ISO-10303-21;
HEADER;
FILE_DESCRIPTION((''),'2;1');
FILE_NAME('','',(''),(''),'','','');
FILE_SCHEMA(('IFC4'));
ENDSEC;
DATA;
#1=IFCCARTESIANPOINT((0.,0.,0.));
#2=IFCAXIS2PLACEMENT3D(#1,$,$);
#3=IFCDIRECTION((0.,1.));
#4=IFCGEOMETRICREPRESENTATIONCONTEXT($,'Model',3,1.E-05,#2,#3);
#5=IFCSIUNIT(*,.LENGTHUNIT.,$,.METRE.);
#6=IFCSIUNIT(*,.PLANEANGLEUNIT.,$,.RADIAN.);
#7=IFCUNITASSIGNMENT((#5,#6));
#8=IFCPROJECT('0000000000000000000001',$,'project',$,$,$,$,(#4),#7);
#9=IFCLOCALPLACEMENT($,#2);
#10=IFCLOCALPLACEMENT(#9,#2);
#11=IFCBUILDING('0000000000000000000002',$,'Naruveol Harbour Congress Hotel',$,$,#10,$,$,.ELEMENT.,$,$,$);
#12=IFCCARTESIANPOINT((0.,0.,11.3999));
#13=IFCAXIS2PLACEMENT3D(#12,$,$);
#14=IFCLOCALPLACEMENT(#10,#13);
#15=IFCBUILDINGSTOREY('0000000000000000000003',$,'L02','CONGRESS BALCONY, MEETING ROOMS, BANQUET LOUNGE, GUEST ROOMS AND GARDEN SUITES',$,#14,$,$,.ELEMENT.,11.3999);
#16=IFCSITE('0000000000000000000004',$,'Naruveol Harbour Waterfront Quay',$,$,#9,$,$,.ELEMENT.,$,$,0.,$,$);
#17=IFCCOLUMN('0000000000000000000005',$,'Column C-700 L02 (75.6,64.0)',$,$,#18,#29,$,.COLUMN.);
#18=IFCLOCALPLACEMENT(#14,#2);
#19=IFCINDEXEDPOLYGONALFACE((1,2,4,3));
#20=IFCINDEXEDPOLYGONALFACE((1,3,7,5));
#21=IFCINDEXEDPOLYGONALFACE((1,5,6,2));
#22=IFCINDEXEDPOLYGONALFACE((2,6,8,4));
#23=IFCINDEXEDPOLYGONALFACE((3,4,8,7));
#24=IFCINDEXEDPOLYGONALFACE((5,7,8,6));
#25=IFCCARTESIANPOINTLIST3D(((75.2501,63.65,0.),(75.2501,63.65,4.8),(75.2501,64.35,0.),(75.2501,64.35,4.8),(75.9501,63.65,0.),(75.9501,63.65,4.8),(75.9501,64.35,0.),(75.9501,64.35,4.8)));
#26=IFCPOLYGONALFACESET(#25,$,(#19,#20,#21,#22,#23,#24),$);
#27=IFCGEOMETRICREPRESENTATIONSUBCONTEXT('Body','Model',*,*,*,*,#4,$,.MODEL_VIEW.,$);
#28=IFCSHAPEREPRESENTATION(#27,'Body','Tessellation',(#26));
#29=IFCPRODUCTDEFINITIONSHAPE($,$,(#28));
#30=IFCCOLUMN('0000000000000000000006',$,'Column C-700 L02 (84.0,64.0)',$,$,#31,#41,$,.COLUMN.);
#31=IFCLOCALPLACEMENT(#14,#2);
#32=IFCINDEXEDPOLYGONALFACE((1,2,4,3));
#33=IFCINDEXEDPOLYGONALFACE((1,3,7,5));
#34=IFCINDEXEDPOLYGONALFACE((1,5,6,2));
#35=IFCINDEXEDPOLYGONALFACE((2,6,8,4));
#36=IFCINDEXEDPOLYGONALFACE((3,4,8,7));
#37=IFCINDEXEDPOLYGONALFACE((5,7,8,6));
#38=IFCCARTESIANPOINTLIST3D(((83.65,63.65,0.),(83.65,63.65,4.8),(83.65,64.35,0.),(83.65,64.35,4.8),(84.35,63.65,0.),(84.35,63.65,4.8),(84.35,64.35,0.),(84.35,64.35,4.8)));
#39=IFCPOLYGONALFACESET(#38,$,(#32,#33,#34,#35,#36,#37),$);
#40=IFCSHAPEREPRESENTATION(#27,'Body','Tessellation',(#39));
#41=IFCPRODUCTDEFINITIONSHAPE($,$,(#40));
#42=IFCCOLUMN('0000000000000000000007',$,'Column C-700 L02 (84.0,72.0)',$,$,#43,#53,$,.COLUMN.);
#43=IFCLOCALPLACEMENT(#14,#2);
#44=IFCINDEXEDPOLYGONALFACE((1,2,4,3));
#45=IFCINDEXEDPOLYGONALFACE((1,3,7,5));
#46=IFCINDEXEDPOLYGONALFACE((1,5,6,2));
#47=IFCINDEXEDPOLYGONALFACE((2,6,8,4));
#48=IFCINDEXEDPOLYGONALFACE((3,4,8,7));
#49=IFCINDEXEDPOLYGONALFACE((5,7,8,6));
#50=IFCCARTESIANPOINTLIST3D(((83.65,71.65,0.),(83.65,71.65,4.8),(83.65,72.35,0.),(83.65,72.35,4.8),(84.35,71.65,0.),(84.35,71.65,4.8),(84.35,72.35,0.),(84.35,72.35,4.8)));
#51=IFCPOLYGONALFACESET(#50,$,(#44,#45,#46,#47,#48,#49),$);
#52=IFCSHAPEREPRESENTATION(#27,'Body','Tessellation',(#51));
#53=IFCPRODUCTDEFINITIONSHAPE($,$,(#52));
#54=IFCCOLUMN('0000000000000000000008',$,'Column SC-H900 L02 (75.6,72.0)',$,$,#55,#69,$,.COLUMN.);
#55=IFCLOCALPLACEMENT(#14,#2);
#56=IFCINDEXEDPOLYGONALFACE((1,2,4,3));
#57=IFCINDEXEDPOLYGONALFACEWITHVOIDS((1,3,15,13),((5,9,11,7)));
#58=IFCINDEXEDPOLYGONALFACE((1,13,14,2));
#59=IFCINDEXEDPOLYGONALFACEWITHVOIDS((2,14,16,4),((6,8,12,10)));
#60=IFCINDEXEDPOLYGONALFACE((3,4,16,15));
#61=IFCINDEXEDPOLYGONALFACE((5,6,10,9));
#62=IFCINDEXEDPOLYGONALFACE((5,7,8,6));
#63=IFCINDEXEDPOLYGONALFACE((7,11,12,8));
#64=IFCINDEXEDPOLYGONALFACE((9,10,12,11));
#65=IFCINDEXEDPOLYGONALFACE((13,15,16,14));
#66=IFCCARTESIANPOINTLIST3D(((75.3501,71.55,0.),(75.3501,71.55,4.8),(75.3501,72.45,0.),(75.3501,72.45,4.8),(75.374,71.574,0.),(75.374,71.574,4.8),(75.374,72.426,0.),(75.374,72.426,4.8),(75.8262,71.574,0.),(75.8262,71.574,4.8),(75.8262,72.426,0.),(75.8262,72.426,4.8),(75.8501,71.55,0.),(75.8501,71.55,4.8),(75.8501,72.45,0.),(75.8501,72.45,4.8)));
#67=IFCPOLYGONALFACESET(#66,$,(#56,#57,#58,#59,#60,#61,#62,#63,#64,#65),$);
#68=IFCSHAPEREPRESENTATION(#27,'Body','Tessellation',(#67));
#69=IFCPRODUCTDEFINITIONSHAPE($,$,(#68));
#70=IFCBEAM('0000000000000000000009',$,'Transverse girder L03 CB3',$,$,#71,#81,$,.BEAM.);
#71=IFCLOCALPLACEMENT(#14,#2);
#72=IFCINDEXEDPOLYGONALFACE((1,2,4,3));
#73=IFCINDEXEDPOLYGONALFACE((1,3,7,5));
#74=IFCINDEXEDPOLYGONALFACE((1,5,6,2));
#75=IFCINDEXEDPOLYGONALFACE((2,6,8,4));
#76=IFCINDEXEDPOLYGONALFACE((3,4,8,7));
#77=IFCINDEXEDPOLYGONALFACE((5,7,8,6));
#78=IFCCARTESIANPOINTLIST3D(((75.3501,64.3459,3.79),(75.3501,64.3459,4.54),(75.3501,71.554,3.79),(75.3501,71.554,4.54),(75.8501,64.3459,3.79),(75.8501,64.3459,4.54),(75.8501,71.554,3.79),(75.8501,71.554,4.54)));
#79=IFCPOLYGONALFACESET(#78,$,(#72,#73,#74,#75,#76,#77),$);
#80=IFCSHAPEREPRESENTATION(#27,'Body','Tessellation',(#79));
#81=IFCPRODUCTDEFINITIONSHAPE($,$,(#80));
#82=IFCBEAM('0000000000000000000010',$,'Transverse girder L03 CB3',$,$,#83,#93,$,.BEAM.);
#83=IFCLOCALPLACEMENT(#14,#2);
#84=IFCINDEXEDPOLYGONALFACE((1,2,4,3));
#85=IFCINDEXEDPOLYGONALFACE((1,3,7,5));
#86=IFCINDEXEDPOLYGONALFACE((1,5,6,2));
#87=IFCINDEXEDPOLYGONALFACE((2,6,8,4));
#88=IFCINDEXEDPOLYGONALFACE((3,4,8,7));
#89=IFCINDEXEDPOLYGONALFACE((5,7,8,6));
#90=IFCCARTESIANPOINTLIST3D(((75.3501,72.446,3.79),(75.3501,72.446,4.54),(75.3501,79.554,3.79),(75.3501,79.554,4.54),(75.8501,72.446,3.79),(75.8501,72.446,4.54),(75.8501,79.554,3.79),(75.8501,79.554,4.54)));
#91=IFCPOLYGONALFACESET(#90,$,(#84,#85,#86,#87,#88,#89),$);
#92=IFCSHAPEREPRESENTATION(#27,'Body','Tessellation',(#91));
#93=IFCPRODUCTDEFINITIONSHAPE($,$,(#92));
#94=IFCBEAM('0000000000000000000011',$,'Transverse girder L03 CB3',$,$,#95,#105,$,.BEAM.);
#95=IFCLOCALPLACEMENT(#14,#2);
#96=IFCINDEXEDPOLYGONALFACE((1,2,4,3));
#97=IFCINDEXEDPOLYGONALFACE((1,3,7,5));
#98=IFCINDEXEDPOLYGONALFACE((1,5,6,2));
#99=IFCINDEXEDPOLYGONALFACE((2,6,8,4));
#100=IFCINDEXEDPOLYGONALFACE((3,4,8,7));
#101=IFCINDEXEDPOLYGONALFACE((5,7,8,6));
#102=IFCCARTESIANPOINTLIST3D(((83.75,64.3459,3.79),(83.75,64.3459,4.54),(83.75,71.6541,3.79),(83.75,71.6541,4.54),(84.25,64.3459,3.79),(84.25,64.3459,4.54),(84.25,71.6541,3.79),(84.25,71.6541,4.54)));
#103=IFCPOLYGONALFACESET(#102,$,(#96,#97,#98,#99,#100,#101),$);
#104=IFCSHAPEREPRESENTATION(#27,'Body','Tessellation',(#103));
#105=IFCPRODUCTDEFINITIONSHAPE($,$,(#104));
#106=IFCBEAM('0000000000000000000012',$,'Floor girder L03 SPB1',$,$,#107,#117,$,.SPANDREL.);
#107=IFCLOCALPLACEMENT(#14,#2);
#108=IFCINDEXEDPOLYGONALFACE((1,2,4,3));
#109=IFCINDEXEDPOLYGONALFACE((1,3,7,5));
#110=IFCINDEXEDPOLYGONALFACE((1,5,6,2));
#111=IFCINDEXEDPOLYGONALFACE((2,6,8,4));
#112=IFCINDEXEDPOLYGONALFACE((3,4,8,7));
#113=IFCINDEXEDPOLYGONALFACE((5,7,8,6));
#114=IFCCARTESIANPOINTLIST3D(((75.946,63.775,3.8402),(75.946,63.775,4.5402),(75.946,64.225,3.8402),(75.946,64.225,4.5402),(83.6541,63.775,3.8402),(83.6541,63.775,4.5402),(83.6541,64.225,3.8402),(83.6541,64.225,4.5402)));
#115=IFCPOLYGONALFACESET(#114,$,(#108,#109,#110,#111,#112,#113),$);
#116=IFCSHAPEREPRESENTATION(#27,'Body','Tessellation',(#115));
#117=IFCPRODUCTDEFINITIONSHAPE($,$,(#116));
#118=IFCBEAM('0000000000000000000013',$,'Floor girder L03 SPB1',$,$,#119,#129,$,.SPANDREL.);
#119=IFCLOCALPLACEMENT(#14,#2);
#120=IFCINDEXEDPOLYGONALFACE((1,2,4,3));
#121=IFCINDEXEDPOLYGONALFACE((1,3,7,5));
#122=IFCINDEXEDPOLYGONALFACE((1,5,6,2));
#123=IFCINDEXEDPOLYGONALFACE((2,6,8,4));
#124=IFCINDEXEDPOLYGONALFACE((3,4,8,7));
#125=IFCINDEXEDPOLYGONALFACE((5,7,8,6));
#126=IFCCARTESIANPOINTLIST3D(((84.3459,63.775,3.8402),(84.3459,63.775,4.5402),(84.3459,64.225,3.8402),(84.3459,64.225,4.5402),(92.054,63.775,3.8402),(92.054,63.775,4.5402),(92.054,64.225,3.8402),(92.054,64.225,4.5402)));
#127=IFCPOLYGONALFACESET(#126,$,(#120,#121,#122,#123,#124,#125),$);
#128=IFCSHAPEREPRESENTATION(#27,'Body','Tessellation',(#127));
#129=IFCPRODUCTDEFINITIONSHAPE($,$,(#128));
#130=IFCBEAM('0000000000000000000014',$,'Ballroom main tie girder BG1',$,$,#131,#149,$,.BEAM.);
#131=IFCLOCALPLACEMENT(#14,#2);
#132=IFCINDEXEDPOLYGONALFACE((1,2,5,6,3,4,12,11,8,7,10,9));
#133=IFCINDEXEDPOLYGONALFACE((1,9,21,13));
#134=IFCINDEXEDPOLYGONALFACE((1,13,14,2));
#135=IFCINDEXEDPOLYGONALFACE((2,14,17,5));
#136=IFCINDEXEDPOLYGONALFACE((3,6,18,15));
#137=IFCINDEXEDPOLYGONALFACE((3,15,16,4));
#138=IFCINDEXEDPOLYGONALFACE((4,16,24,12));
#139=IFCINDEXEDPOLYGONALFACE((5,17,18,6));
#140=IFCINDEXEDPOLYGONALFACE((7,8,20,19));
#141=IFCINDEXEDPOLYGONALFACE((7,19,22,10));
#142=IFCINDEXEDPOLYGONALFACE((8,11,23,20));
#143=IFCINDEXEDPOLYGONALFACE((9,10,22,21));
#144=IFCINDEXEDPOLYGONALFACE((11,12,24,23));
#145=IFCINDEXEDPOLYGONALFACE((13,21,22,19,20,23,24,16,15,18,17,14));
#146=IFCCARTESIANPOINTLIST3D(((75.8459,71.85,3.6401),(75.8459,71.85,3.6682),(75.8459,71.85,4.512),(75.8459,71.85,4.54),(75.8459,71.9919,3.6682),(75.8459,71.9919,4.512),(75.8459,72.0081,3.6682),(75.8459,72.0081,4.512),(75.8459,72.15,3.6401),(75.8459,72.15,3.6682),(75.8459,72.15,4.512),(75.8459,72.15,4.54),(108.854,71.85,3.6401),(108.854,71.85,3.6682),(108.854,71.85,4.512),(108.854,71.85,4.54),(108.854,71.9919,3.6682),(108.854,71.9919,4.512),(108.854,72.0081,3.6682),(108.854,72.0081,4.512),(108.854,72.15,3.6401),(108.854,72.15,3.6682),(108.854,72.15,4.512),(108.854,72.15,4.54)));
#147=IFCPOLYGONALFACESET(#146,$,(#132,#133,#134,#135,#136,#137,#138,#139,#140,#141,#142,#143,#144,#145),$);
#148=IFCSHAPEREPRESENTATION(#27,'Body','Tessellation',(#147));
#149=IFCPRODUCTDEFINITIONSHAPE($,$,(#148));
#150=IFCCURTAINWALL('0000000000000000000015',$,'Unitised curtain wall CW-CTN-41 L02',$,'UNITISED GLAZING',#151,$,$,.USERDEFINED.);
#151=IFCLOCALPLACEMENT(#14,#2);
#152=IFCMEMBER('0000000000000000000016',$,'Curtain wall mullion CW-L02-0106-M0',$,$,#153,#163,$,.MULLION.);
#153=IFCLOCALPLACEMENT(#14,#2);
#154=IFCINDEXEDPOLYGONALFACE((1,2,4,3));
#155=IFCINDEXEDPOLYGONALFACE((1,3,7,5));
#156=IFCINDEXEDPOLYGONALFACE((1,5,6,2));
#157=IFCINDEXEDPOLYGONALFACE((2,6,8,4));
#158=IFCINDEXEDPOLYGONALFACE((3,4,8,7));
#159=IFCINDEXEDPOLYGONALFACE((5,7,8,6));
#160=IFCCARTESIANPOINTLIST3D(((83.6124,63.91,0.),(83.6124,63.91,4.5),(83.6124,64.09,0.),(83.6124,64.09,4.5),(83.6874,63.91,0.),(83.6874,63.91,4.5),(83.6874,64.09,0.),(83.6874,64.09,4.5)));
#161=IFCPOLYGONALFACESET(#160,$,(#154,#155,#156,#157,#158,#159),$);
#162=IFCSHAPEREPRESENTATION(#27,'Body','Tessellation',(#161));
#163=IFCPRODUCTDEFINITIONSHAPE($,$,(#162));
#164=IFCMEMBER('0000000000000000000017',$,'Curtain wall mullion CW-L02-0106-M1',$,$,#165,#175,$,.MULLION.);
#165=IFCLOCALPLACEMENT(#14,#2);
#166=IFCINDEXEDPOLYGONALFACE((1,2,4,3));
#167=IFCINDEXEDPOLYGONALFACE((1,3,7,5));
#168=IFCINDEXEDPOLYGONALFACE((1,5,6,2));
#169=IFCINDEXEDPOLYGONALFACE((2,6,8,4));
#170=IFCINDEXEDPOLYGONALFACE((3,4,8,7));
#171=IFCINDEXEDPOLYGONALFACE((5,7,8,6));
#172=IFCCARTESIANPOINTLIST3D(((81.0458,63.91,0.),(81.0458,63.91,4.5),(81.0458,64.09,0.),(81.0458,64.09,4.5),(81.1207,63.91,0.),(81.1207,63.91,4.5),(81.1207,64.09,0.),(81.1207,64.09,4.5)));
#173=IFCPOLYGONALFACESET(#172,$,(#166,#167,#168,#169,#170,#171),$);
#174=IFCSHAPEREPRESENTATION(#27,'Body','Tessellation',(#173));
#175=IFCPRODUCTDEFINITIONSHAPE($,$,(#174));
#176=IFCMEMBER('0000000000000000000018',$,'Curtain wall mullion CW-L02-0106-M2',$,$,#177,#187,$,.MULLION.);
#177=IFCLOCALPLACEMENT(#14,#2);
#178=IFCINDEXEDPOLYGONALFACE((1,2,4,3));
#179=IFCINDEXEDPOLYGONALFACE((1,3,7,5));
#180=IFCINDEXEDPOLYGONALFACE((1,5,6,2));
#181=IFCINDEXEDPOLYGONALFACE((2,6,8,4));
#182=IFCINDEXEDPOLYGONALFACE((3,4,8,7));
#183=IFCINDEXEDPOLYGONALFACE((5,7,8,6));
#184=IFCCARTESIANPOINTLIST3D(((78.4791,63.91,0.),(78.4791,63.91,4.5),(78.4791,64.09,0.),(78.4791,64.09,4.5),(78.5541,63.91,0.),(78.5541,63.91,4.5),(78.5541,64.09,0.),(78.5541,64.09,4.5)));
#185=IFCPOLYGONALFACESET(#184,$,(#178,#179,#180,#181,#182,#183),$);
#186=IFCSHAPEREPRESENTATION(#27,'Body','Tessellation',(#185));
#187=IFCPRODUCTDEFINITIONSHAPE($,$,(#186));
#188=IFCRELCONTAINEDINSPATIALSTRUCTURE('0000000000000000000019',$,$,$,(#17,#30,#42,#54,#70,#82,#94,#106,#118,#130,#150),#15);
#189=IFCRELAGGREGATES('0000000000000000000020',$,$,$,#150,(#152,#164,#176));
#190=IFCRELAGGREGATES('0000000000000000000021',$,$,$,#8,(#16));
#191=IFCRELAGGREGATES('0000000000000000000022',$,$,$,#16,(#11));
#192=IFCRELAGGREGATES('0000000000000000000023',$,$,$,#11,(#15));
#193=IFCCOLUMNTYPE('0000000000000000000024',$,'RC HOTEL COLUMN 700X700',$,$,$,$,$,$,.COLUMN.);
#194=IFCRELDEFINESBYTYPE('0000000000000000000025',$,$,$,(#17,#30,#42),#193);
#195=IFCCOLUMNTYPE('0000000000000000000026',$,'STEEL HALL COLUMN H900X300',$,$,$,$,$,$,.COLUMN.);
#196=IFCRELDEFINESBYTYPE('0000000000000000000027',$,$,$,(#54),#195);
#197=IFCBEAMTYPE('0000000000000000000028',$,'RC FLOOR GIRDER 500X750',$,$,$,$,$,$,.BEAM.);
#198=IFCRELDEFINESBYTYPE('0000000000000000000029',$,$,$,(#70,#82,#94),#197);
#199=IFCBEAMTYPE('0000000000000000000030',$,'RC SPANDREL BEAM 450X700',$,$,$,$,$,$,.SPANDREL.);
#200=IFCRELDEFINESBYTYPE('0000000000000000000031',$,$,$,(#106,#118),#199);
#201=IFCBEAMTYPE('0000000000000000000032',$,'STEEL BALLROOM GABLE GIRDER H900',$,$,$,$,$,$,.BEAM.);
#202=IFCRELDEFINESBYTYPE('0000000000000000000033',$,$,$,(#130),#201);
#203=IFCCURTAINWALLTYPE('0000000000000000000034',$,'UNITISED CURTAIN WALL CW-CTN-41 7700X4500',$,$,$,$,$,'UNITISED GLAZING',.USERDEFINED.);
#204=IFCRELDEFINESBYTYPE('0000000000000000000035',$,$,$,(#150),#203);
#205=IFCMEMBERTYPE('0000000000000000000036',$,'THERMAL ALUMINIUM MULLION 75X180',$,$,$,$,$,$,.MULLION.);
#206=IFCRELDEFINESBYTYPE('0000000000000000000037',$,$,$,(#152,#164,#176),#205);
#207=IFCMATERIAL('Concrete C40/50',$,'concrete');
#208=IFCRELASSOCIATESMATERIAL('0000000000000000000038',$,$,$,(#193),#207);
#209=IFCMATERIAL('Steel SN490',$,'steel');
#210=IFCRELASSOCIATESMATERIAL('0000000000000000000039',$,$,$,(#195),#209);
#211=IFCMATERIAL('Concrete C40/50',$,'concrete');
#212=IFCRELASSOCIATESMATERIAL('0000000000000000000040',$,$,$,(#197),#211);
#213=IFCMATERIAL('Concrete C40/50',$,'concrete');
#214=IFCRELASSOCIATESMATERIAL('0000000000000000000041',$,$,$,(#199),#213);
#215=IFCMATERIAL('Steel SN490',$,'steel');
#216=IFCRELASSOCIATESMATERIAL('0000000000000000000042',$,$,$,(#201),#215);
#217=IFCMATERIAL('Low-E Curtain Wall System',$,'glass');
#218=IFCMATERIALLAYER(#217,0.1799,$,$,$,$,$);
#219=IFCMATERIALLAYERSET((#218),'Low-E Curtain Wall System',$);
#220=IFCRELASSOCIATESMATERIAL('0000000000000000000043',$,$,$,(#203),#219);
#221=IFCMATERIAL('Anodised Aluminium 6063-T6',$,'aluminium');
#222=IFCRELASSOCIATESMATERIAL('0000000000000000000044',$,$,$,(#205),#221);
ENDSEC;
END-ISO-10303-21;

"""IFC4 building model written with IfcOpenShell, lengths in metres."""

from ifc_helpers import new_model, si_unit, direction, frame, origin, origin_2d, place, context, subcontext, project, spatial, rectangle, hollow_rectangle, i_section, extrude, material, layer, layer_set, material_profile, profile_set, type_object, element, aggregate, save


model = new_model("IFC4")

# Units and contexts
model_context = context("Model", 3, precision=1e-05, world=origin(), true_north=direction((0.0, 1.0)))
body_context = subcontext(model_context, "Body", "Model", "MODEL_VIEW")
ifc_project = project(units=[si_unit("LENGTHUNIT", "METRE"), si_unit("PLANEANGLEUNIT", "RADIAN")], contexts=[model_context])

# Site, building, storey
site_placement = place(None, origin())
site = spatial("IfcSite", under=ifc_project, at=site_placement, Name="Naruveol Harbour Waterfront Quay", CompositionType="ELEMENT", RefElevation=0.0)
building_placement = place(site_placement, origin())
building = spatial("IfcBuilding", under=site, at=building_placement, Name="Naruveol Harbour Congress Hotel", CompositionType="ELEMENT")
storey_placement = place(building_placement, frame((0.0, 0.0, 11.3999)))
storey = spatial("IfcBuildingStorey", under=building, at=storey_placement, Name="L02", Description="CONGRESS BALCONY, MEETING ROOMS, BANQUET LOUNGE, GUEST ROOMS AND GARDEN SUITES", CompositionType="ELEMENT", Elevation=11.3999)

# Columns
ifc_material_1 = material(Name="Concrete C40/50", Category="concrete")
ifc_material_profile_1 = material_profile(ifc_material_1, rectangle(XDim=0.7, YDim=0.7, at=origin_2d()), Name="RC-700x700")
ifc_profile_set_1 = profile_set([ifc_material_profile_1], Name="Concrete C40/50")
column_type_1 = type_object("IfcColumnType", Name="RC HOTEL COLUMN 700X700", PredefinedType="COLUMN", material=ifc_profile_set_1)
for number, where, z_axis, x_axis, name in (
    (1, (75.6001, 64.0, 0.0), (0.0, 0.0, 1.0), (1.0, 0.0, 0.0), "Column C-700 L02 (75.6,64.0)"),
    (2, (84.0, 64.0, 0.0), (0.0, 0.0, 1.0), (1.0, 0.0, 0.0), "Column C-700 L02 (84.0,64.0)"),
    (3, (84.0, 72.0, 0.0), (0.0, 0.0, 1.0), (1.0, 0.0, 0.0), "Column C-700 L02 (84.0,72.0)"),
):
    element("IfcColumn", number, at=place(storey_placement, frame(where, z_axis=z_axis, x_axis=x_axis)), inside=storey, type_object=column_type_1, Name=name, PredefinedType="COLUMN", context=body_context, shape_type="SweptSolid", body=[
        extrude(rectangle(XDim=0.7, YDim=0.7, at=origin_2d()), origin(), (0.0, 0.0, 1.0), 4.8),
    ])
ifc_material_2 = material(Name="Steel SN490", Category="steel")
ifc_material_profile_2 = material_profile(ifc_material_2, hollow_rectangle(XDim=0.5, YDim=0.8999, WallThickness=0.0239, at=origin_2d()), Name="RHS-900x500x24")
ifc_profile_set_2 = profile_set([ifc_material_profile_2], Name="Steel SN490")
column_type_2 = type_object("IfcColumnType", Name="STEEL HALL COLUMN H900X300", PredefinedType="COLUMN", material=ifc_profile_set_2)
column_placement = place(storey_placement, frame((75.6001, 72.0, 0.0), z_axis=(0.0, 0.0, 1.0), x_axis=(1.0, 0.0, 0.0)))
element("IfcColumn", 4, at=column_placement, inside=storey, type_object=column_type_2, Name="Column SC-H900 L02 (75.6,72.0)", PredefinedType="COLUMN", context=body_context, shape_type="SweptSolid", body=[
    extrude(hollow_rectangle(XDim=0.5, YDim=0.8999, WallThickness=0.0239, at=origin_2d()), origin(), (0.0, 0.0, 1.0), 4.8),
])

# Beams
ifc_material_3 = material(Name="Concrete C40/50", Category="concrete")
ifc_material_profile_3 = material_profile(ifc_material_3, rectangle(XDim=0.5, YDim=0.75, at=origin_2d()), Name="RCB-500x750")
ifc_profile_set_3 = profile_set([ifc_material_profile_3], Name="Concrete C40/50")
beam_type_1 = type_object("IfcBeamType", Name="RC FLOOR GIRDER 500X750", PredefinedType="BEAM", material=ifc_profile_set_3)
beam_1_placement = place(storey_placement, frame((75.6001, 64.3459, 4.165), z_axis=(0.0, 1.0, 0.0), x_axis=(-1.0, 0.0, 0.0)))
element("IfcBeam", 5, at=beam_1_placement, inside=storey, type_object=beam_type_1, Name="Transverse girder L03 CB3", PredefinedType="BEAM", context=body_context, shape_type="SweptSolid", body=[
    extrude(rectangle(XDim=0.5, YDim=0.75, at=origin_2d()), origin(), (0.0, 0.0, 1.0), 7.208),
])
beam_2_placement = place(storey_placement, frame((75.6001, 72.446, 4.165), z_axis=(0.0, 1.0, 0.0), x_axis=(-1.0, 0.0, 0.0)))
element("IfcBeam", 6, at=beam_2_placement, inside=storey, type_object=beam_type_1, Name="Transverse girder L03 CB3", PredefinedType="BEAM", context=body_context, shape_type="SweptSolid", body=[
    extrude(rectangle(XDim=0.5, YDim=0.75, at=origin_2d()), origin(), (0.0, 0.0, 1.0), 7.1079),
])
beam_3_placement = place(storey_placement, frame((84.0, 64.3459, 4.165), z_axis=(0.0, 1.0, 0.0), x_axis=(-1.0, 0.0, 0.0)))
element("IfcBeam", 7, at=beam_3_placement, inside=storey, type_object=beam_type_1, Name="Transverse girder L03 CB3", PredefinedType="BEAM", context=body_context, shape_type="SweptSolid", body=[
    extrude(rectangle(XDim=0.5, YDim=0.75, at=origin_2d()), origin(), (0.0, 0.0, 1.0), 7.3081),
])
ifc_material_4 = material(Name="Concrete C40/50", Category="concrete")
ifc_material_profile_4 = material_profile(ifc_material_4, rectangle(XDim=0.45, YDim=0.7, at=origin_2d()), Name="RCB-450x700")
ifc_profile_set_4 = profile_set([ifc_material_profile_4], Name="Concrete C40/50")
beam_type_2 = type_object("IfcBeamType", Name="RC SPANDREL BEAM 450X700", PredefinedType="SPANDREL", material=ifc_profile_set_4)
for number, where, z_axis, x_axis, name in (
    (8, (75.946, 64.0, 4.1902), (1.0, 0.0, 0.0), (0.0, 1.0, 0.0), "Floor girder L03 SPB1"),
    (9, (84.3459, 64.0, 4.1902), (1.0, 0.0, 0.0), (0.0, 1.0, 0.0), "Floor girder L03 SPB1"),
):
    element("IfcBeam", number, at=place(storey_placement, frame(where, z_axis=z_axis, x_axis=x_axis)), inside=storey, type_object=beam_type_2, Name=name, PredefinedType="SPANDREL", context=body_context, shape_type="SweptSolid", body=[
        extrude(rectangle(XDim=0.45, YDim=0.7, at=origin_2d()), origin(), (0.0, 0.0, 1.0), 7.708),
    ])
ifc_material_5 = material(Name="Steel SN490", Category="steel")
ifc_material_profile_5 = material_profile(ifc_material_5, i_section(OverallWidth=0.3, OverallDepth=0.8999, WebThickness=0.0161, FlangeThickness=0.0281, at=origin_2d()), Name="H-900x300x16x28")
ifc_profile_set_5 = profile_set([ifc_material_profile_5], Name="Steel SN490")
beam_type_3 = type_object("IfcBeamType", Name="STEEL BALLROOM GABLE GIRDER H900", PredefinedType="BEAM", material=ifc_profile_set_5)
beam_4_placement = place(storey_placement, frame((75.8459, 72.0, 4.0901), z_axis=(1.0, 0.0, 0.0), x_axis=(0.0, 1.0, 0.0)))
element("IfcBeam", 10, at=beam_4_placement, inside=storey, type_object=beam_type_3, Name="Ballroom main tie girder BG1", PredefinedType="BEAM", context=body_context, shape_type="SweptSolid", body=[
    extrude(i_section(OverallWidth=0.3, OverallDepth=0.8999, WebThickness=0.0161, FlangeThickness=0.0281, at=origin_2d()), origin(), (0.0, 0.0, 1.0), 33.0081),
])

# Curtain wall, members
ifc_material_6 = material(Name="Low-E Curtain Wall System", Category="glass")
ifc_layer_1 = layer(ifc_material_6, 0.1799)
ifc_layer_set_1 = layer_set([ifc_layer_1], Name="Low-E Curtain Wall System")
curtain_wall_type = type_object("IfcCurtainWallType", Name="UNITISED CURTAIN WALL CW-CTN-41 7700X4500", ElementType="UNITISED GLAZING", PredefinedType="USERDEFINED", material=ifc_layer_set_1)
curtain_wall_1_placement = place(storey_placement, origin())
curtain_wall_1 = element("IfcCurtainWall", 11, at=curtain_wall_1_placement, inside=storey, type_object=curtain_wall_type, Name="Unitised curtain wall CW-CTN-41 L02", ObjectType="UNITISED GLAZING", PredefinedType="USERDEFINED")
ifc_material_7 = material(Name="Anodised Aluminium 6063-T6", Category="aluminium")
ifc_material_profile_6 = material_profile(ifc_material_7, rectangle(XDim=0.075, YDim=0.1799, at=origin_2d()), Name="ALU-75x180")
ifc_profile_set_6 = profile_set([ifc_material_profile_6], Name="Anodised Aluminium 6063-T6")
member_type_1 = type_object("IfcMemberType", Name="THERMAL ALUMINIUM MULLION 75X180", PredefinedType="MULLION", material=ifc_profile_set_6)
member_1_placement = place(storey_placement, frame((83.6499, 64.0, 0.0), z_axis=(0.0, 0.0, 1.0), x_axis=(1.0, 0.0, 0.0)))
member_1 = element("IfcMember", 12, at=member_1_placement, type_object=member_type_1, Name="Curtain wall mullion CW-L02-0106-M0", PredefinedType="MULLION", context=body_context, shape_type="SweptSolid", body=[
    extrude(rectangle(XDim=0.075, YDim=0.1799, at=origin_2d()), origin(), (0.0, 0.0, 1.0), 4.5),
])
member_2_placement = place(storey_placement, frame((81.0833, 64.0, 0.0), z_axis=(0.0, 0.0, 1.0), x_axis=(1.0, 0.0, 0.0)))
member_2 = element("IfcMember", 13, at=member_2_placement, type_object=member_type_1, Name="Curtain wall mullion CW-L02-0106-M1", PredefinedType="MULLION", context=body_context, shape_type="SweptSolid", body=[
    extrude(rectangle(XDim=0.075, YDim=0.1799, at=origin_2d()), origin(), (0.0, 0.0, 1.0), 4.5),
])
member_3_placement = place(storey_placement, frame((78.5166, 64.0, 0.0), z_axis=(0.0, 0.0, 1.0), x_axis=(1.0, 0.0, 0.0)))
member_3 = element("IfcMember", 14, at=member_3_placement, type_object=member_type_1, Name="Curtain wall mullion CW-L02-0106-M2", PredefinedType="MULLION", context=body_context, shape_type="SweptSolid", body=[
    extrude(rectangle(XDim=0.075, YDim=0.1799, at=origin_2d()), origin(), (0.0, 0.0, 1.0), 4.5),
])

aggregate(curtain_wall_1, [member_1, member_2, member_3])

save(model, "model.ifc")
